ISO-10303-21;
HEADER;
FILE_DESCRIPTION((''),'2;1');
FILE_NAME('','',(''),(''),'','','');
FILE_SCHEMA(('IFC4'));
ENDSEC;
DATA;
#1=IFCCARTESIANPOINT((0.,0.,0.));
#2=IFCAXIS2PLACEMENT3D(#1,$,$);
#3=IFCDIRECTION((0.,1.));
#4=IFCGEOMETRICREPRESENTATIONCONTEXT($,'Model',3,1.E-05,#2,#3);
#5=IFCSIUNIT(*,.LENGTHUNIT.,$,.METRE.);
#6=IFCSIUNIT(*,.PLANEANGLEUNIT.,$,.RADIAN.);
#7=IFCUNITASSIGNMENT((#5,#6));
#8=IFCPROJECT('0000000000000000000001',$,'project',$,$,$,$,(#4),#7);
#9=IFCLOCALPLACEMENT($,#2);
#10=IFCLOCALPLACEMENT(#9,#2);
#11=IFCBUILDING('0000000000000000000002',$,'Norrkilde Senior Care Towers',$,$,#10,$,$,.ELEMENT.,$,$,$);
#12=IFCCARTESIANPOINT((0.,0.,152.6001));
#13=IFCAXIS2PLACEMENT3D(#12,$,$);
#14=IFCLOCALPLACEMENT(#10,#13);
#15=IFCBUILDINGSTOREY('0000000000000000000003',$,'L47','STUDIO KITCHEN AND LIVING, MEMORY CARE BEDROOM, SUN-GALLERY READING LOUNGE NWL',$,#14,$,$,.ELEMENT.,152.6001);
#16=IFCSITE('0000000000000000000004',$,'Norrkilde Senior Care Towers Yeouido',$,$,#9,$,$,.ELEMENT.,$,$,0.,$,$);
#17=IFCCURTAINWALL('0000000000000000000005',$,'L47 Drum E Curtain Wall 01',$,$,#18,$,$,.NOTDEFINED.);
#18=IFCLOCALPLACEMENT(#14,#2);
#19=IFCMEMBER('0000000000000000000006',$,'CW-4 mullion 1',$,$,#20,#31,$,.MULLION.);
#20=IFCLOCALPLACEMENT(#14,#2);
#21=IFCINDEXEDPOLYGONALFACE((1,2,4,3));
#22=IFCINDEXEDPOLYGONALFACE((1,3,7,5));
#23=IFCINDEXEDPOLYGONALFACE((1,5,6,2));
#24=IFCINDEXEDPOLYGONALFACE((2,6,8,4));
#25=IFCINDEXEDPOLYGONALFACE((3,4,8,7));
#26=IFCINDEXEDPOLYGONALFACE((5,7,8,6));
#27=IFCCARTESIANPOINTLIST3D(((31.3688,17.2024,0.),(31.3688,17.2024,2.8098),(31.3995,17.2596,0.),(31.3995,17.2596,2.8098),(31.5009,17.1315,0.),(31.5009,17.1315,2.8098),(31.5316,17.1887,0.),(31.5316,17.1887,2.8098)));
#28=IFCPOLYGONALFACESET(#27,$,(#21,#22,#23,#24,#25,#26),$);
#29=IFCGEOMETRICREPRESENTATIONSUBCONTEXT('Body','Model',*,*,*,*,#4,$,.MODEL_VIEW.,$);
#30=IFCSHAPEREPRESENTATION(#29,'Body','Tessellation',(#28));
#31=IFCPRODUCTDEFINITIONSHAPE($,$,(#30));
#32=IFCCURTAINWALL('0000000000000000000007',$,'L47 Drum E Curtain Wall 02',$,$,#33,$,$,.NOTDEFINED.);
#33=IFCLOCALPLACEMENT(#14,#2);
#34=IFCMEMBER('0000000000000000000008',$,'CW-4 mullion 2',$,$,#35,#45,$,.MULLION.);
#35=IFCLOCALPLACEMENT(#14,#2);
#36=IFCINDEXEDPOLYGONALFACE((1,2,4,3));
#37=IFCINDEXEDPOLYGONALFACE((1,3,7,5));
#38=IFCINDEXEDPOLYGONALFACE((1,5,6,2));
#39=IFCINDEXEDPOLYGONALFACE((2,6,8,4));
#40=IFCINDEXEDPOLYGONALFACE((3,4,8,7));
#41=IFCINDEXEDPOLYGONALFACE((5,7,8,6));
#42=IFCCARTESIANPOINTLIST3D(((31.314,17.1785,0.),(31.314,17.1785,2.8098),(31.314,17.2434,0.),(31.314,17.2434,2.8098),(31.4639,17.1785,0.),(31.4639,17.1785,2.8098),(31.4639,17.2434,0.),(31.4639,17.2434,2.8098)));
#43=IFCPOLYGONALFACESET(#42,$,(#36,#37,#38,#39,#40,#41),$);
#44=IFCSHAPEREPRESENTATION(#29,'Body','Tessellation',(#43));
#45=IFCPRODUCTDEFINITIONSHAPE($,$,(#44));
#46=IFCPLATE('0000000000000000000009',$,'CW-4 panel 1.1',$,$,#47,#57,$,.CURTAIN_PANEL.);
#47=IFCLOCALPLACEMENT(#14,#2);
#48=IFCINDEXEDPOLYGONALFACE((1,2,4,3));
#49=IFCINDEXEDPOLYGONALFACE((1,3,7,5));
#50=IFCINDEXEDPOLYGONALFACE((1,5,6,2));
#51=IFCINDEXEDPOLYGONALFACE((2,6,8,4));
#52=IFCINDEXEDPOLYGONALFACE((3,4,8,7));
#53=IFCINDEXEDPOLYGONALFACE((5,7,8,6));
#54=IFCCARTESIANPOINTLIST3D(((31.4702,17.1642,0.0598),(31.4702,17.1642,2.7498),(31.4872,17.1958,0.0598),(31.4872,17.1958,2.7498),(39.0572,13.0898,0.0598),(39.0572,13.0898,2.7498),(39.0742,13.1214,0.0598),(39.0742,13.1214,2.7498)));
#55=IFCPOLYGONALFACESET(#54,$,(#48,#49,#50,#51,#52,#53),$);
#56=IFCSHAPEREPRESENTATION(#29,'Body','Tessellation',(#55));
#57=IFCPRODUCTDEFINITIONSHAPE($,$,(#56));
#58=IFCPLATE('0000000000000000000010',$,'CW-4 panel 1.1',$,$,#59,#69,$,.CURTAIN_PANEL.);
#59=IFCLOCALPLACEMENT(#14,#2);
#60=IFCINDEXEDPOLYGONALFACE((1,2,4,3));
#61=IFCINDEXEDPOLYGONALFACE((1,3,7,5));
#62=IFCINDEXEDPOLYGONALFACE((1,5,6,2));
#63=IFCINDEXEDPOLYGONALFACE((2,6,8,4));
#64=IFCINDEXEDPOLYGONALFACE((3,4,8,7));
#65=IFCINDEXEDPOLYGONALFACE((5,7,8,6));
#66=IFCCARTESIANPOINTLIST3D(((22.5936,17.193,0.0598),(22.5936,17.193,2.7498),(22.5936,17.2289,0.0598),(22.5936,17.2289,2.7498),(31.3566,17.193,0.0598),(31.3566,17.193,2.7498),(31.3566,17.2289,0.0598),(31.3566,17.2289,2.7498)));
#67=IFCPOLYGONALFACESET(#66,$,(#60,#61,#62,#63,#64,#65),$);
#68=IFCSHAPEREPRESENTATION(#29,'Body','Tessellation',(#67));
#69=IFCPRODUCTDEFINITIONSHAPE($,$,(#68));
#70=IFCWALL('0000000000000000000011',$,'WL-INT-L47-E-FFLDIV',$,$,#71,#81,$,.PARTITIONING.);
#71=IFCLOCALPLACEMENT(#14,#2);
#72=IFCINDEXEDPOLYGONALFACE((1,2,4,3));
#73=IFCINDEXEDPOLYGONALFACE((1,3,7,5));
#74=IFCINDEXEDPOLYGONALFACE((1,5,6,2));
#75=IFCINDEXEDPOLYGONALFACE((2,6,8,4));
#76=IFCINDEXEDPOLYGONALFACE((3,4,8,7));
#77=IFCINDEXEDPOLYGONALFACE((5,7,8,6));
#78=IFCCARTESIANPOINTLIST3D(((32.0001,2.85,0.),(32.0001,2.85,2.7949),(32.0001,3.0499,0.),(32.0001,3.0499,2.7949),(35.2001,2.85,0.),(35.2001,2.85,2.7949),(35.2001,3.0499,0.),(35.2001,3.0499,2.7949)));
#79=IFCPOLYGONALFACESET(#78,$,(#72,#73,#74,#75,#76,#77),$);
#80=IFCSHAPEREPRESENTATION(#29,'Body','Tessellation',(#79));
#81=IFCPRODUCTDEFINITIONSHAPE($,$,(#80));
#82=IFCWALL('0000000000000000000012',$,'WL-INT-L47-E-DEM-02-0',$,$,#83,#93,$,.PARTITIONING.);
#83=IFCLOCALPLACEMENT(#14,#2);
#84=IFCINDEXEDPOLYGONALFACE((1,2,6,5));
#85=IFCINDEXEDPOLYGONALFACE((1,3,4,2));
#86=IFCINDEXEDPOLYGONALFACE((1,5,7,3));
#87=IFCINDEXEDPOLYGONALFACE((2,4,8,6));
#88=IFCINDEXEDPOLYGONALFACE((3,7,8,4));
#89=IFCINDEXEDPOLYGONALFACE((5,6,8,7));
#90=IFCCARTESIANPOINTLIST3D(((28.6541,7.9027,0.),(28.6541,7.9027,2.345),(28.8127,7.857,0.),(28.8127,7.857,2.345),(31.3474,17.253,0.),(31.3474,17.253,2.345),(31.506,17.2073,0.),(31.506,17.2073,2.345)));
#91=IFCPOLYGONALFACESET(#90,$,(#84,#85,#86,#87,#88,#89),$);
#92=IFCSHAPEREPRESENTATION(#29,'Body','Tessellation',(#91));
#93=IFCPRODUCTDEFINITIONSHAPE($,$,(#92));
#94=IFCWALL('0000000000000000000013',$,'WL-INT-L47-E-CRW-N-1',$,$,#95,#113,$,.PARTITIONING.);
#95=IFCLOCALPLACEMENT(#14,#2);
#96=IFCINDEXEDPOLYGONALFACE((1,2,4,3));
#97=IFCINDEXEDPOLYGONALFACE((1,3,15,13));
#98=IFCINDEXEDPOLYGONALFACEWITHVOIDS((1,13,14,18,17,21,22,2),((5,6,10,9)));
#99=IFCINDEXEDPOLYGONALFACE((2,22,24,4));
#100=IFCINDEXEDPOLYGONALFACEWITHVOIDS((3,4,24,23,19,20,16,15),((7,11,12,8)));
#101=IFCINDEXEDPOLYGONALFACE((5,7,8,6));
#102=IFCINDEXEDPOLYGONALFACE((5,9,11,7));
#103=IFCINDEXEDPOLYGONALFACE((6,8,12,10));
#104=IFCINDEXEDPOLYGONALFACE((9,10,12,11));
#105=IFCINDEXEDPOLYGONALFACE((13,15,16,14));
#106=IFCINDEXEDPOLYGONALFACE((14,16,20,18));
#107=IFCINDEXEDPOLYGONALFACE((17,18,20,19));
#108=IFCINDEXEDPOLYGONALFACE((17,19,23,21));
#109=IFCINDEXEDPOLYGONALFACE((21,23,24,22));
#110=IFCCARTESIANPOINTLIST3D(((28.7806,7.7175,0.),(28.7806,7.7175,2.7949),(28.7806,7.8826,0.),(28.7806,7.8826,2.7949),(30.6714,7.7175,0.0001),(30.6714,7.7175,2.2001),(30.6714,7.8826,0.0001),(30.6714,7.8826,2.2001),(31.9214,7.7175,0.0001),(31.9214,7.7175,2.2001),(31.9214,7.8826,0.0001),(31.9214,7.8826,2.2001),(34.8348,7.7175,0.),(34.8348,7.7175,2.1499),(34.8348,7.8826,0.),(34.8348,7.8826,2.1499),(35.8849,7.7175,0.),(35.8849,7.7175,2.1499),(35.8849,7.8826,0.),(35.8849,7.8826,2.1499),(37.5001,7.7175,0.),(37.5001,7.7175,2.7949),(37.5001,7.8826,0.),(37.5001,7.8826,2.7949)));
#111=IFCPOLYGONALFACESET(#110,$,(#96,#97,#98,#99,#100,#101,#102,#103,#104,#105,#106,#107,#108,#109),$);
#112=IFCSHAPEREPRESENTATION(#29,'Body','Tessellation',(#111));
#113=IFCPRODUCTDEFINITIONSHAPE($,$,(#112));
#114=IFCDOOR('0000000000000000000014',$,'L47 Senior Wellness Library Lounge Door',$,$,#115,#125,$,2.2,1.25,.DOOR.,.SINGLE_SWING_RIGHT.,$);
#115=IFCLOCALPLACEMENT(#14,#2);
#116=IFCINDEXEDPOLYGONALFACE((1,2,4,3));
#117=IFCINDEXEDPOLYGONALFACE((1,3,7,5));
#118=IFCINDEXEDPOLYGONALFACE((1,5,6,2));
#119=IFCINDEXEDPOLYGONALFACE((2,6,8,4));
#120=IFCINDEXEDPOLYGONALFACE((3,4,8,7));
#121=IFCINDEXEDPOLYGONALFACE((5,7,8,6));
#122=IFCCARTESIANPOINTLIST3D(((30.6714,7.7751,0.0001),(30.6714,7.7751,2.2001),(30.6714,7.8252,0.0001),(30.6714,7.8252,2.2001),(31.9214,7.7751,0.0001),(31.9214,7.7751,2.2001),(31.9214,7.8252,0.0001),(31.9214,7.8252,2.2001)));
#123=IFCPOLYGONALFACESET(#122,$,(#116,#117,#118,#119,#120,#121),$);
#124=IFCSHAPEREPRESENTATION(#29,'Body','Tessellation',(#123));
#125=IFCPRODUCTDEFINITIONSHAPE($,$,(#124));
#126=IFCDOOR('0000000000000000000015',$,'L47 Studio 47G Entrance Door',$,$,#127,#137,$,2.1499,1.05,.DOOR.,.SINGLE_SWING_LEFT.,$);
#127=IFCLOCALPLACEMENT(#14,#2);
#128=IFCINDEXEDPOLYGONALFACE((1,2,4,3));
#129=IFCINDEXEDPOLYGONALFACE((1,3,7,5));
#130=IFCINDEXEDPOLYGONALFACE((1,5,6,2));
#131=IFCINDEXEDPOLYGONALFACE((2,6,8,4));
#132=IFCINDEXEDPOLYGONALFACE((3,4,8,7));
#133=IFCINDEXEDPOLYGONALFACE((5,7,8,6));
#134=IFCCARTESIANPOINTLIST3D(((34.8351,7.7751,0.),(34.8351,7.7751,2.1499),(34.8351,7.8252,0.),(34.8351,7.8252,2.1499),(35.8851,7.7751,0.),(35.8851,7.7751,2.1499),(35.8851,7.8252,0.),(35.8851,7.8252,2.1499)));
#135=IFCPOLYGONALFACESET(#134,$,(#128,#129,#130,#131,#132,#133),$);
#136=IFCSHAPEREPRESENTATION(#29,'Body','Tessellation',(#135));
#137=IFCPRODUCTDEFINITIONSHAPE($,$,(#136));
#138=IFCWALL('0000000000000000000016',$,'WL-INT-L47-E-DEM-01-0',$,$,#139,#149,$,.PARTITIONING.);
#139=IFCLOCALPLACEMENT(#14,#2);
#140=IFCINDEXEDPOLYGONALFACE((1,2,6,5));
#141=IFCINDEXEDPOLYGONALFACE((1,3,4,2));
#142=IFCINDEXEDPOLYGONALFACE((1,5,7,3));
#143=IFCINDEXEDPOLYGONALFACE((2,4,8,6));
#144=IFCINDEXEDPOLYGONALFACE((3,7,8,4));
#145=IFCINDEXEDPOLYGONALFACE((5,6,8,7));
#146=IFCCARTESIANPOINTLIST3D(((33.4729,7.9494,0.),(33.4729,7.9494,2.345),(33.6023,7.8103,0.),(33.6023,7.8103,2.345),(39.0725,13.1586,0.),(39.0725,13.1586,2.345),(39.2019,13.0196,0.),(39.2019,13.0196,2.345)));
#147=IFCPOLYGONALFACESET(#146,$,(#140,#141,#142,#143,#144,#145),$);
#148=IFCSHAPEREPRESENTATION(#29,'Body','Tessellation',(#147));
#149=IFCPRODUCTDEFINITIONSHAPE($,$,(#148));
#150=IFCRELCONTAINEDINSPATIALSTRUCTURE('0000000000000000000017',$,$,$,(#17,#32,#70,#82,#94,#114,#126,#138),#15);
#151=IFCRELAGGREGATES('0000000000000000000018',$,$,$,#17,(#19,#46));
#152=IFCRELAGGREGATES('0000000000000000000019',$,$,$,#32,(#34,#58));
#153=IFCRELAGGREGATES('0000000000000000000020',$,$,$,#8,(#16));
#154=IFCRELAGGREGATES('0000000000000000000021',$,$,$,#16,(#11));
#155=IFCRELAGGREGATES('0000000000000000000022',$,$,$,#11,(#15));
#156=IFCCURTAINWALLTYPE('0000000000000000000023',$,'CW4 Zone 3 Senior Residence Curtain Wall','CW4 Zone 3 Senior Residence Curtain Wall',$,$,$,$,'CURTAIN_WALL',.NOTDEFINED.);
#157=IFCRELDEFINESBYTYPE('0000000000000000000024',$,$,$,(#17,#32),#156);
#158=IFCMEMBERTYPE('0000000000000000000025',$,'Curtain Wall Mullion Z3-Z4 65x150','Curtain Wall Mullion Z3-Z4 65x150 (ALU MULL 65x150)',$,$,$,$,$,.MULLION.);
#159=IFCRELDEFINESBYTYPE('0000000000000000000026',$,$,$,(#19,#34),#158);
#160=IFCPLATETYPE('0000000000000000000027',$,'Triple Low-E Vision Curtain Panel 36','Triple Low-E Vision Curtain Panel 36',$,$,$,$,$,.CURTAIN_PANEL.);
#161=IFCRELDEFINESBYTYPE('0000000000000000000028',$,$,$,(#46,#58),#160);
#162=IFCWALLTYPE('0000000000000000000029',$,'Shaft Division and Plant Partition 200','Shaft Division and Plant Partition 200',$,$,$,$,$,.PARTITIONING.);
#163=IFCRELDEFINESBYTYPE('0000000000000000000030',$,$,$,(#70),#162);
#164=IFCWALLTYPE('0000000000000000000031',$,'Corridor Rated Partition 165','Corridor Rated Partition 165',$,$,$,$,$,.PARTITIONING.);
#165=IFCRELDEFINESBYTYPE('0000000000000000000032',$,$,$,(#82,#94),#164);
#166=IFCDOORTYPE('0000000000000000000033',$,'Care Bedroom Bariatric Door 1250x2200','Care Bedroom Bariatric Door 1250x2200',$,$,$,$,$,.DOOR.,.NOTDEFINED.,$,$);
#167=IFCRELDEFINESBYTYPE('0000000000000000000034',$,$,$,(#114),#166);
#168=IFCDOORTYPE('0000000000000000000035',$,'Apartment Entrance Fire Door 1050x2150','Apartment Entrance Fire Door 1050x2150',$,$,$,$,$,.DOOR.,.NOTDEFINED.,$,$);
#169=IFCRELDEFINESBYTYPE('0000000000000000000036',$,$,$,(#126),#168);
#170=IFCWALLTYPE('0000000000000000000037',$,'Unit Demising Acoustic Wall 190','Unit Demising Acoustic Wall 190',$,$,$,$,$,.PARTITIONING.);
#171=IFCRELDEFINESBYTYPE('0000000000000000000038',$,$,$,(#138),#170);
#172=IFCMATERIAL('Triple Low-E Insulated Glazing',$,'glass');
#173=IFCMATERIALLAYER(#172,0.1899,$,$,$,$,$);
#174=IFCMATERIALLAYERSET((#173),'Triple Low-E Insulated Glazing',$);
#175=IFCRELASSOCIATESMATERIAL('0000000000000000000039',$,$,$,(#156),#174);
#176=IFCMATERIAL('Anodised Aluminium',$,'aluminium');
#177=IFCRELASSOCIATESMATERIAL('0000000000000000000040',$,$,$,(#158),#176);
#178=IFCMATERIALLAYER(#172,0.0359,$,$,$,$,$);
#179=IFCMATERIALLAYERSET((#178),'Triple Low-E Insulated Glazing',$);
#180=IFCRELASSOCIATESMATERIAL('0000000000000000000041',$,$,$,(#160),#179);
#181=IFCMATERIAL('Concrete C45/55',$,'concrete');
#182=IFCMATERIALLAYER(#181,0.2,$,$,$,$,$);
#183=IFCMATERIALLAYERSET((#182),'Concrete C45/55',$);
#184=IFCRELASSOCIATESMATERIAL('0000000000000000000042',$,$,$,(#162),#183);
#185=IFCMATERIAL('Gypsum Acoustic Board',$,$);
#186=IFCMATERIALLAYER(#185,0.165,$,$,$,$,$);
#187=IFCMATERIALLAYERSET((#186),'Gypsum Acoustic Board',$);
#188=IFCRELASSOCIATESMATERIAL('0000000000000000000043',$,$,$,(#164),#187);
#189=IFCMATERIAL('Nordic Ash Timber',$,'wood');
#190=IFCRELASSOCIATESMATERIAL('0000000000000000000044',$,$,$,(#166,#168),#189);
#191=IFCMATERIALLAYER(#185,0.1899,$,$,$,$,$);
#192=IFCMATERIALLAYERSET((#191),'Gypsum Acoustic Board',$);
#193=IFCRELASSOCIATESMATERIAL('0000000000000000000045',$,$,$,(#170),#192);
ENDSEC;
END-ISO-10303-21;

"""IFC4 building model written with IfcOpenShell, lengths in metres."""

from ifc_helpers import new_model, si_unit, direction, frame, frame_2d, origin, origin_2d, place, context, subcontext, project, spatial, rectangle, extrude, source, transform, mapped, material, layer, layer_set, material_profile, profile_set, type_object, type_shapes, element, fill, aggregate, save


model = new_model("IFC4")

# Units and contexts
model_context = context("Model", 3, precision=1e-05, world=origin(), true_north=direction((0.0, 1.0)))
body_context = subcontext(model_context, "Body", "Model", "MODEL_VIEW")
ifc_project = project(units=[si_unit("LENGTHUNIT", "METRE"), si_unit("PLANEANGLEUNIT", "RADIAN")], contexts=[model_context])

# Site, building, storey
site_placement = place(None, origin())
site = spatial("IfcSite", under=ifc_project, at=site_placement, Name="Norrkilde Senior Care Towers Yeouido", CompositionType="ELEMENT", RefElevation=0.0)
building_placement = place(site_placement, origin())
building = spatial("IfcBuilding", under=site, at=building_placement, Name="Norrkilde Senior Care Towers", CompositionType="ELEMENT")
storey_placement = place(building_placement, frame((0.0, 0.0, 152.6001)))
storey = spatial("IfcBuildingStorey", under=building, at=storey_placement, Name="L47", Description="STUDIO KITCHEN AND LIVING, MEMORY CARE BEDROOM, SUN-GALLERY READING LOUNGE NWL", CompositionType="ELEMENT", Elevation=152.6001)

# Curtain wall, member
ifc_material_1 = material(Name="Triple Low-E Insulated Glazing", Category="glass")
ifc_layer_1 = layer(ifc_material_1, 0.1899)
ifc_layer_set_1 = layer_set([ifc_layer_1], Name="Triple Low-E Insulated Glazing")
curtain_wall_type = type_object("IfcCurtainWallType", Name="CW4 Zone 3 Senior Residence Curtain Wall", Description="CW4 Zone 3 Senior Residence Curtain Wall", ElementType="CURTAIN_WALL", PredefinedType="NOTDEFINED", material=ifc_layer_set_1)
curtain_wall_1_placement = place(storey_placement, origin())
curtain_wall_1 = element("IfcCurtainWall", 1, at=curtain_wall_1_placement, inside=storey, type_object=curtain_wall_type, Name="L47 Drum E Curtain Wall 01", PredefinedType="NOTDEFINED")
ifc_material_2 = material(Name="Anodised Aluminium", Category="aluminium")
ifc_material_profile_1 = material_profile(ifc_material_2, rectangle(XDim=0.0649, YDim=0.1499, at=origin_2d()), Name="ALU MULL 65x150")
ifc_profile_set_1 = profile_set([ifc_material_profile_1], Name="Anodised Aluminium")
member_type_1 = type_object("IfcMemberType", Name="Curtain Wall Mullion Z3-Z4 65x150", Description="Curtain Wall Mullion Z3-Z4 65x150 (ALU MULL 65x150)", PredefinedType="MULLION", material=ifc_profile_set_1)
shared_shape_1 = source(origin(), body_context, "Body", "SweptSolid", [
    extrude(rectangle(XDim=0.0649, YDim=0.1499, at=origin_2d()), origin(), (0.0, 0.0, 1.0), 2.8098),
])
type_shapes(member_type_1, [shared_shape_1])
member_1_placement = place(storey_placement, frame((31.4502, 17.1956, 0.0), z_axis=(0.0, 0.0, 1.0), x_axis=(0.473117, 0.881, 0.0)))
member_1 = element("IfcMember", 2, at=member_1_placement, type_object=member_type_1, Name="CW-4 mullion 1", PredefinedType="MULLION", context=body_context, shape_type="MappedRepresentation", body=[
    mapped(shared_shape_1, transform((0.0, 0.0, 0.0), x_axis=(1.0, 0.0, 0.0), y_axis=(0.0, 1.0, 0.0), z_axis=(0.0, 0.0, 1.0), scale=1.0)),
])

# Curtain wall, member
curtain_wall_2_placement = place(storey_placement, origin())
curtain_wall_2 = element("IfcCurtainWall", 3, at=curtain_wall_2_placement, inside=storey, type_object=curtain_wall_type, Name="L47 Drum E Curtain Wall 02", PredefinedType="NOTDEFINED")
member_2_placement = place(storey_placement, frame((31.3889, 17.2109, 0.0), z_axis=(0.0, 0.0, 1.0), x_axis=(0.0, 1.0, 0.0)))
member_2 = element("IfcMember", 4, at=member_2_placement, type_object=member_type_1, Name="CW-4 mullion 2", PredefinedType="MULLION", context=body_context, shape_type="MappedRepresentation", body=[
    mapped(shared_shape_1, transform((0.0, 0.0, 0.0), x_axis=(1.0, 0.0, 0.0), y_axis=(0.0, 1.0, 0.0), z_axis=(0.0, 0.0, 1.0), scale=1.0)),
])

# Plates
ifc_layer_2 = layer(ifc_material_1, 0.0359)
ifc_layer_set_2 = layer_set([ifc_layer_2], Name="Triple Low-E Insulated Glazing")
plate_type = type_object("IfcPlateType", Name="Triple Low-E Vision Curtain Panel 36", Description="Triple Low-E Vision Curtain Panel 36", PredefinedType="CURTAIN_PANEL", material=ifc_layer_set_2)
shared_shape_2 = source(origin(), body_context, "Body", "SweptSolid", [
    extrude(rectangle(XDim=8.6118, YDim=0.0359, at=origin_2d()), origin(), (0.0, 0.0, 1.0), 2.6899),
])
plate_1_placement = place(storey_placement, frame((35.2722, 15.1428, 0.0598), z_axis=(0.0, 0.0, 1.0), x_axis=(0.881, -0.473117, 0.0)))
plate_1 = element("IfcPlate", 5, at=plate_1_placement, type_object=plate_type, Name="CW-4 panel 1.1", PredefinedType="CURTAIN_PANEL", context=body_context, shape_type="MappedRepresentation", body=[
    mapped(shared_shape_2, transform((0.0, 0.0, 0.0), x_axis=(1.0, 0.0, 0.0), y_axis=(0.0, 1.0, 0.0), z_axis=(0.0, 0.0, 1.0), scale=1.0)),
])
aggregate(curtain_wall_1, [member_1, plate_1])
shared_shape_3 = source(origin(), body_context, "Body", "SweptSolid", [
    extrude(rectangle(XDim=8.7629, YDim=0.0359, at=origin_2d()), origin(), (0.0, 0.0, 1.0), 2.6899),
])
type_shapes(plate_type, [shared_shape_2, shared_shape_3])
plate_2_placement = place(storey_placement, frame((26.9751, 17.2109, 0.0598), z_axis=(0.0, 0.0, 1.0), x_axis=(1.0, 0.0, 0.0)))
plate_2 = element("IfcPlate", 6, at=plate_2_placement, type_object=plate_type, Name="CW-4 panel 1.1", PredefinedType="CURTAIN_PANEL", context=body_context, shape_type="MappedRepresentation", body=[
    mapped(shared_shape_3, transform((0.0, 0.0, 0.0), x_axis=(1.0, 0.0, 0.0), y_axis=(0.0, 1.0, 0.0), z_axis=(0.0, 0.0, 1.0), scale=1.0)),
])
aggregate(curtain_wall_2, [member_2, plate_2])

# Walls
ifc_material_3 = material(Name="Concrete C45/55", Category="concrete")
ifc_layer_3 = layer(ifc_material_3, 0.2)
ifc_layer_set_3 = layer_set([ifc_layer_3], Name="Concrete C45/55")
wall_type_1 = type_object("IfcWallType", Name="Shaft Division and Plant Partition 200", Description="Shaft Division and Plant Partition 200", PredefinedType="PARTITIONING", material=ifc_layer_set_3)
shared_shape_4 = source(origin(), body_context, "Body", "SweptSolid", [
    extrude(rectangle(XDim=3.2, YDim=0.2, at=frame_2d((1.6001, 0.0))), origin(), (0.0, 0.0, 1.0), 2.7949),
])
type_shapes(wall_type_1, [shared_shape_4])
wall_1_placement = place(storey_placement, frame((32.0, 2.95, 0.0), z_axis=(0.0, 0.0, 1.0), x_axis=(1.0, 0.0, 0.0)))
element("IfcWall", 7, at=wall_1_placement, inside=storey, type_object=wall_type_1, Name="WL-INT-L47-E-FFLDIV", PredefinedType="PARTITIONING", context=body_context, shape_type="MappedRepresentation", body=[
    mapped(shared_shape_4, transform((0.0, 0.0, 0.0), x_axis=(1.0, 0.0, 0.0), y_axis=(0.0, 1.0, 0.0), z_axis=(0.0, 0.0, 1.0), scale=1.0)),
])
ifc_material_4 = material(Name="Gypsum Acoustic Board")
ifc_layer_4 = layer(ifc_material_4, 0.165)
ifc_layer_set_4 = layer_set([ifc_layer_4], Name="Gypsum Acoustic Board")
wall_type_2 = type_object("IfcWallType", Name="Corridor Rated Partition 165", Description="Corridor Rated Partition 165", PredefinedType="PARTITIONING", material=ifc_layer_set_4)
shared_shape_5 = source(origin(), body_context, "Body", "SweptSolid", [
    extrude(rectangle(XDim=9.7305, YDim=0.165, at=frame_2d((4.8652, 0.0))), origin(), (0.0, 0.0, 1.0), 2.345),
])
wall_2_placement = place(storey_placement, frame((28.7334, 7.8799, 0.0), z_axis=(0.0, 0.0, 1.0), x_axis=(0.276795, 0.960929, 0.0)))
element("IfcWall", 8, at=wall_2_placement, inside=storey, type_object=wall_type_2, Name="WL-INT-L47-E-DEM-02-0", PredefinedType="PARTITIONING", context=body_context, shape_type="MappedRepresentation", body=[
    mapped(shared_shape_5, transform((0.0, 0.0, 0.0), x_axis=(1.0, 0.0, 0.0), y_axis=(0.0, 1.0, 0.0), z_axis=(0.0, 0.0, 1.0), scale=1.0)),
])

# Wall, openings, doors
shared_shape_6 = source(origin(), body_context, "Body", "SweptSolid", [
    extrude(rectangle(XDim=8.7195, YDim=0.165, at=frame_2d((4.3599, 0.0))), origin(), (0.0, 0.0, 1.0), 2.7949),
])
wall_3_placement = place(storey_placement, frame((28.7805, 7.8, 0.0), z_axis=(0.0, 0.0, 1.0), x_axis=(1.0, 0.0, 0.0)))
wall_3 = element("IfcWall", 9, at=wall_3_placement, inside=storey, type_object=wall_type_2, Name="WL-INT-L47-E-CRW-N-1", PredefinedType="PARTITIONING", context=body_context, shape_type="MappedRepresentation", body=[
    mapped(shared_shape_6, transform((0.0, 0.0, 0.0), x_axis=(1.0, 0.0, 0.0), y_axis=(0.0, 1.0, 0.0), z_axis=(0.0, 0.0, 1.0), scale=1.0)),
])
opening_1_placement = place(wall_3_placement, frame((6.0544, 0.0, 0.0)))
opening_1 = element("IfcOpeningElement", 10, at=opening_1_placement, cuts=wall_3, PredefinedType="OPENING", context=body_context, shape_type="SweptSolid", body=[
    extrude(rectangle(XDim=1.05, YDim=2.1499, at=frame_2d((0.5249, 1.075))), frame((0.0, 0.0925, 0.0), z_axis=(0.0, -1.0, 0.0), x_axis=(1.0, 0.0, 0.0)), (0.0, 0.0, 1.0), 0.1851),
])
opening_2_placement = place(wall_3_placement, frame((1.8909, 0.0, 0.0)))
opening_2 = element("IfcOpeningElement", 11, at=opening_2_placement, cuts=wall_3, PredefinedType="OPENING", context=body_context, shape_type="SweptSolid", body=[
    extrude(rectangle(XDim=1.25, YDim=2.2, at=frame_2d((0.625, 1.1001))), frame((0.0, 0.0925, 0.0), z_axis=(0.0, -1.0, 0.0), x_axis=(1.0, 0.0, 0.0)), (0.0, 0.0, 1.0), 0.1851),
])
ifc_material_5 = material(Name="Nordic Ash Timber", Category="wood")
door_type_1 = type_object("IfcDoorType", Name="Care Bedroom Bariatric Door 1250x2200", Description="Care Bedroom Bariatric Door 1250x2200", OperationType="NOTDEFINED", PredefinedType="DOOR", material=ifc_material_5)
shared_shape_7 = source(origin(), body_context, "Body", "SweptSolid", [
    extrude(rectangle(XDim=1.25, YDim=2.2, at=frame_2d((0.625, 1.1001))), frame((0.0, 0.0249, 0.0), z_axis=(0.0, -1.0, 0.0), x_axis=(1.0, 0.0, 0.0)), (0.0, 0.0, 1.0), 0.05),
])
type_shapes(door_type_1, [shared_shape_7])
door_1_placement = place(opening_2_placement, frame((1.25, 0.0, 0.0), z_axis=(0.0, 0.0, 1.0), x_axis=(-1.0, 0.0, 0.0)))
door_1 = element("IfcDoor", 12, at=door_1_placement, inside=storey, type_object=door_type_1, Name="L47 Senior Wellness Library Lounge Door", OperationType="SINGLE_SWING_RIGHT", OverallHeight=2.2, OverallWidth=1.25, PredefinedType="DOOR", context=body_context, shape_type="MappedRepresentation", body=[
    mapped(shared_shape_7, transform((0.0, 0.0, 0.0), x_axis=(1.0, 0.0, 0.0), y_axis=(0.0, 1.0, 0.0), z_axis=(0.0, 0.0, 1.0), scale=1.0)),
])
fill(opening_2, door_1)
door_type_2 = type_object("IfcDoorType", Name="Apartment Entrance Fire Door 1050x2150", Description="Apartment Entrance Fire Door 1050x2150", OperationType="NOTDEFINED", PredefinedType="DOOR", material=ifc_material_5)
shared_shape_8 = source(origin(), body_context, "Body", "SweptSolid", [
    extrude(rectangle(XDim=1.05, YDim=2.1499, at=frame_2d((0.5249, 1.075))), frame((0.0, 0.0249, 0.0), z_axis=(0.0, -1.0, 0.0), x_axis=(1.0, 0.0, 0.0)), (0.0, 0.0, 1.0), 0.05),
])
type_shapes(door_type_2, [shared_shape_8])
door_2_placement = place(opening_1_placement, frame((1.05, 0.0, 0.0), z_axis=(0.0, 0.0, 1.0), x_axis=(-1.0, 0.0, 0.0)))
door_2 = element("IfcDoor", 13, at=door_2_placement, inside=storey, type_object=door_type_2, Name="L47 Studio 47G Entrance Door", OperationType="SINGLE_SWING_LEFT", OverallHeight=2.1499, OverallWidth=1.05, PredefinedType="DOOR", context=body_context, shape_type="MappedRepresentation", body=[
    mapped(shared_shape_8, transform((0.0, 0.0, 0.0), x_axis=(1.0, 0.0, 0.0), y_axis=(0.0, 1.0, 0.0), z_axis=(0.0, 0.0, 1.0), scale=1.0)),
])
fill(opening_1, door_2)

# Wall
ifc_layer_5 = layer(ifc_material_4, 0.1899)
ifc_layer_set_5 = layer_set([ifc_layer_5], Name="Gypsum Acoustic Board")
wall_type_3 = type_object("IfcWallType", Name="Unit Demising Acoustic Wall 190", Description="Unit Demising Acoustic Wall 190", PredefinedType="PARTITIONING", material=ifc_layer_set_5)
shared_shape_9 = source(origin(), body_context, "Body", "SweptSolid", [
    extrude(rectangle(XDim=7.6479, YDim=0.1899, at=frame_2d((3.824, 0.0))), origin(), (0.0, 0.0, 1.0), 2.345),
])
type_shapes(wall_type_3, [shared_shape_9])
wall_4_placement = place(storey_placement, frame((33.5376, 7.8799, 0.0), z_axis=(0.0, 0.0, 1.0), x_axis=(0.732168, 0.681124, 0.0)))
element("IfcWall", 14, at=wall_4_placement, inside=storey, type_object=wall_type_3, Name="WL-INT-L47-E-DEM-01-0", PredefinedType="PARTITIONING", context=body_context, shape_type="MappedRepresentation", body=[
    mapped(shared_shape_9, transform((0.0, 0.0, 0.0), x_axis=(1.0, 0.0, 0.0), y_axis=(0.0, 1.0, 0.0), z_axis=(0.0, 0.0, 1.0), scale=1.0)),
])

save(model, "model.ifc")
